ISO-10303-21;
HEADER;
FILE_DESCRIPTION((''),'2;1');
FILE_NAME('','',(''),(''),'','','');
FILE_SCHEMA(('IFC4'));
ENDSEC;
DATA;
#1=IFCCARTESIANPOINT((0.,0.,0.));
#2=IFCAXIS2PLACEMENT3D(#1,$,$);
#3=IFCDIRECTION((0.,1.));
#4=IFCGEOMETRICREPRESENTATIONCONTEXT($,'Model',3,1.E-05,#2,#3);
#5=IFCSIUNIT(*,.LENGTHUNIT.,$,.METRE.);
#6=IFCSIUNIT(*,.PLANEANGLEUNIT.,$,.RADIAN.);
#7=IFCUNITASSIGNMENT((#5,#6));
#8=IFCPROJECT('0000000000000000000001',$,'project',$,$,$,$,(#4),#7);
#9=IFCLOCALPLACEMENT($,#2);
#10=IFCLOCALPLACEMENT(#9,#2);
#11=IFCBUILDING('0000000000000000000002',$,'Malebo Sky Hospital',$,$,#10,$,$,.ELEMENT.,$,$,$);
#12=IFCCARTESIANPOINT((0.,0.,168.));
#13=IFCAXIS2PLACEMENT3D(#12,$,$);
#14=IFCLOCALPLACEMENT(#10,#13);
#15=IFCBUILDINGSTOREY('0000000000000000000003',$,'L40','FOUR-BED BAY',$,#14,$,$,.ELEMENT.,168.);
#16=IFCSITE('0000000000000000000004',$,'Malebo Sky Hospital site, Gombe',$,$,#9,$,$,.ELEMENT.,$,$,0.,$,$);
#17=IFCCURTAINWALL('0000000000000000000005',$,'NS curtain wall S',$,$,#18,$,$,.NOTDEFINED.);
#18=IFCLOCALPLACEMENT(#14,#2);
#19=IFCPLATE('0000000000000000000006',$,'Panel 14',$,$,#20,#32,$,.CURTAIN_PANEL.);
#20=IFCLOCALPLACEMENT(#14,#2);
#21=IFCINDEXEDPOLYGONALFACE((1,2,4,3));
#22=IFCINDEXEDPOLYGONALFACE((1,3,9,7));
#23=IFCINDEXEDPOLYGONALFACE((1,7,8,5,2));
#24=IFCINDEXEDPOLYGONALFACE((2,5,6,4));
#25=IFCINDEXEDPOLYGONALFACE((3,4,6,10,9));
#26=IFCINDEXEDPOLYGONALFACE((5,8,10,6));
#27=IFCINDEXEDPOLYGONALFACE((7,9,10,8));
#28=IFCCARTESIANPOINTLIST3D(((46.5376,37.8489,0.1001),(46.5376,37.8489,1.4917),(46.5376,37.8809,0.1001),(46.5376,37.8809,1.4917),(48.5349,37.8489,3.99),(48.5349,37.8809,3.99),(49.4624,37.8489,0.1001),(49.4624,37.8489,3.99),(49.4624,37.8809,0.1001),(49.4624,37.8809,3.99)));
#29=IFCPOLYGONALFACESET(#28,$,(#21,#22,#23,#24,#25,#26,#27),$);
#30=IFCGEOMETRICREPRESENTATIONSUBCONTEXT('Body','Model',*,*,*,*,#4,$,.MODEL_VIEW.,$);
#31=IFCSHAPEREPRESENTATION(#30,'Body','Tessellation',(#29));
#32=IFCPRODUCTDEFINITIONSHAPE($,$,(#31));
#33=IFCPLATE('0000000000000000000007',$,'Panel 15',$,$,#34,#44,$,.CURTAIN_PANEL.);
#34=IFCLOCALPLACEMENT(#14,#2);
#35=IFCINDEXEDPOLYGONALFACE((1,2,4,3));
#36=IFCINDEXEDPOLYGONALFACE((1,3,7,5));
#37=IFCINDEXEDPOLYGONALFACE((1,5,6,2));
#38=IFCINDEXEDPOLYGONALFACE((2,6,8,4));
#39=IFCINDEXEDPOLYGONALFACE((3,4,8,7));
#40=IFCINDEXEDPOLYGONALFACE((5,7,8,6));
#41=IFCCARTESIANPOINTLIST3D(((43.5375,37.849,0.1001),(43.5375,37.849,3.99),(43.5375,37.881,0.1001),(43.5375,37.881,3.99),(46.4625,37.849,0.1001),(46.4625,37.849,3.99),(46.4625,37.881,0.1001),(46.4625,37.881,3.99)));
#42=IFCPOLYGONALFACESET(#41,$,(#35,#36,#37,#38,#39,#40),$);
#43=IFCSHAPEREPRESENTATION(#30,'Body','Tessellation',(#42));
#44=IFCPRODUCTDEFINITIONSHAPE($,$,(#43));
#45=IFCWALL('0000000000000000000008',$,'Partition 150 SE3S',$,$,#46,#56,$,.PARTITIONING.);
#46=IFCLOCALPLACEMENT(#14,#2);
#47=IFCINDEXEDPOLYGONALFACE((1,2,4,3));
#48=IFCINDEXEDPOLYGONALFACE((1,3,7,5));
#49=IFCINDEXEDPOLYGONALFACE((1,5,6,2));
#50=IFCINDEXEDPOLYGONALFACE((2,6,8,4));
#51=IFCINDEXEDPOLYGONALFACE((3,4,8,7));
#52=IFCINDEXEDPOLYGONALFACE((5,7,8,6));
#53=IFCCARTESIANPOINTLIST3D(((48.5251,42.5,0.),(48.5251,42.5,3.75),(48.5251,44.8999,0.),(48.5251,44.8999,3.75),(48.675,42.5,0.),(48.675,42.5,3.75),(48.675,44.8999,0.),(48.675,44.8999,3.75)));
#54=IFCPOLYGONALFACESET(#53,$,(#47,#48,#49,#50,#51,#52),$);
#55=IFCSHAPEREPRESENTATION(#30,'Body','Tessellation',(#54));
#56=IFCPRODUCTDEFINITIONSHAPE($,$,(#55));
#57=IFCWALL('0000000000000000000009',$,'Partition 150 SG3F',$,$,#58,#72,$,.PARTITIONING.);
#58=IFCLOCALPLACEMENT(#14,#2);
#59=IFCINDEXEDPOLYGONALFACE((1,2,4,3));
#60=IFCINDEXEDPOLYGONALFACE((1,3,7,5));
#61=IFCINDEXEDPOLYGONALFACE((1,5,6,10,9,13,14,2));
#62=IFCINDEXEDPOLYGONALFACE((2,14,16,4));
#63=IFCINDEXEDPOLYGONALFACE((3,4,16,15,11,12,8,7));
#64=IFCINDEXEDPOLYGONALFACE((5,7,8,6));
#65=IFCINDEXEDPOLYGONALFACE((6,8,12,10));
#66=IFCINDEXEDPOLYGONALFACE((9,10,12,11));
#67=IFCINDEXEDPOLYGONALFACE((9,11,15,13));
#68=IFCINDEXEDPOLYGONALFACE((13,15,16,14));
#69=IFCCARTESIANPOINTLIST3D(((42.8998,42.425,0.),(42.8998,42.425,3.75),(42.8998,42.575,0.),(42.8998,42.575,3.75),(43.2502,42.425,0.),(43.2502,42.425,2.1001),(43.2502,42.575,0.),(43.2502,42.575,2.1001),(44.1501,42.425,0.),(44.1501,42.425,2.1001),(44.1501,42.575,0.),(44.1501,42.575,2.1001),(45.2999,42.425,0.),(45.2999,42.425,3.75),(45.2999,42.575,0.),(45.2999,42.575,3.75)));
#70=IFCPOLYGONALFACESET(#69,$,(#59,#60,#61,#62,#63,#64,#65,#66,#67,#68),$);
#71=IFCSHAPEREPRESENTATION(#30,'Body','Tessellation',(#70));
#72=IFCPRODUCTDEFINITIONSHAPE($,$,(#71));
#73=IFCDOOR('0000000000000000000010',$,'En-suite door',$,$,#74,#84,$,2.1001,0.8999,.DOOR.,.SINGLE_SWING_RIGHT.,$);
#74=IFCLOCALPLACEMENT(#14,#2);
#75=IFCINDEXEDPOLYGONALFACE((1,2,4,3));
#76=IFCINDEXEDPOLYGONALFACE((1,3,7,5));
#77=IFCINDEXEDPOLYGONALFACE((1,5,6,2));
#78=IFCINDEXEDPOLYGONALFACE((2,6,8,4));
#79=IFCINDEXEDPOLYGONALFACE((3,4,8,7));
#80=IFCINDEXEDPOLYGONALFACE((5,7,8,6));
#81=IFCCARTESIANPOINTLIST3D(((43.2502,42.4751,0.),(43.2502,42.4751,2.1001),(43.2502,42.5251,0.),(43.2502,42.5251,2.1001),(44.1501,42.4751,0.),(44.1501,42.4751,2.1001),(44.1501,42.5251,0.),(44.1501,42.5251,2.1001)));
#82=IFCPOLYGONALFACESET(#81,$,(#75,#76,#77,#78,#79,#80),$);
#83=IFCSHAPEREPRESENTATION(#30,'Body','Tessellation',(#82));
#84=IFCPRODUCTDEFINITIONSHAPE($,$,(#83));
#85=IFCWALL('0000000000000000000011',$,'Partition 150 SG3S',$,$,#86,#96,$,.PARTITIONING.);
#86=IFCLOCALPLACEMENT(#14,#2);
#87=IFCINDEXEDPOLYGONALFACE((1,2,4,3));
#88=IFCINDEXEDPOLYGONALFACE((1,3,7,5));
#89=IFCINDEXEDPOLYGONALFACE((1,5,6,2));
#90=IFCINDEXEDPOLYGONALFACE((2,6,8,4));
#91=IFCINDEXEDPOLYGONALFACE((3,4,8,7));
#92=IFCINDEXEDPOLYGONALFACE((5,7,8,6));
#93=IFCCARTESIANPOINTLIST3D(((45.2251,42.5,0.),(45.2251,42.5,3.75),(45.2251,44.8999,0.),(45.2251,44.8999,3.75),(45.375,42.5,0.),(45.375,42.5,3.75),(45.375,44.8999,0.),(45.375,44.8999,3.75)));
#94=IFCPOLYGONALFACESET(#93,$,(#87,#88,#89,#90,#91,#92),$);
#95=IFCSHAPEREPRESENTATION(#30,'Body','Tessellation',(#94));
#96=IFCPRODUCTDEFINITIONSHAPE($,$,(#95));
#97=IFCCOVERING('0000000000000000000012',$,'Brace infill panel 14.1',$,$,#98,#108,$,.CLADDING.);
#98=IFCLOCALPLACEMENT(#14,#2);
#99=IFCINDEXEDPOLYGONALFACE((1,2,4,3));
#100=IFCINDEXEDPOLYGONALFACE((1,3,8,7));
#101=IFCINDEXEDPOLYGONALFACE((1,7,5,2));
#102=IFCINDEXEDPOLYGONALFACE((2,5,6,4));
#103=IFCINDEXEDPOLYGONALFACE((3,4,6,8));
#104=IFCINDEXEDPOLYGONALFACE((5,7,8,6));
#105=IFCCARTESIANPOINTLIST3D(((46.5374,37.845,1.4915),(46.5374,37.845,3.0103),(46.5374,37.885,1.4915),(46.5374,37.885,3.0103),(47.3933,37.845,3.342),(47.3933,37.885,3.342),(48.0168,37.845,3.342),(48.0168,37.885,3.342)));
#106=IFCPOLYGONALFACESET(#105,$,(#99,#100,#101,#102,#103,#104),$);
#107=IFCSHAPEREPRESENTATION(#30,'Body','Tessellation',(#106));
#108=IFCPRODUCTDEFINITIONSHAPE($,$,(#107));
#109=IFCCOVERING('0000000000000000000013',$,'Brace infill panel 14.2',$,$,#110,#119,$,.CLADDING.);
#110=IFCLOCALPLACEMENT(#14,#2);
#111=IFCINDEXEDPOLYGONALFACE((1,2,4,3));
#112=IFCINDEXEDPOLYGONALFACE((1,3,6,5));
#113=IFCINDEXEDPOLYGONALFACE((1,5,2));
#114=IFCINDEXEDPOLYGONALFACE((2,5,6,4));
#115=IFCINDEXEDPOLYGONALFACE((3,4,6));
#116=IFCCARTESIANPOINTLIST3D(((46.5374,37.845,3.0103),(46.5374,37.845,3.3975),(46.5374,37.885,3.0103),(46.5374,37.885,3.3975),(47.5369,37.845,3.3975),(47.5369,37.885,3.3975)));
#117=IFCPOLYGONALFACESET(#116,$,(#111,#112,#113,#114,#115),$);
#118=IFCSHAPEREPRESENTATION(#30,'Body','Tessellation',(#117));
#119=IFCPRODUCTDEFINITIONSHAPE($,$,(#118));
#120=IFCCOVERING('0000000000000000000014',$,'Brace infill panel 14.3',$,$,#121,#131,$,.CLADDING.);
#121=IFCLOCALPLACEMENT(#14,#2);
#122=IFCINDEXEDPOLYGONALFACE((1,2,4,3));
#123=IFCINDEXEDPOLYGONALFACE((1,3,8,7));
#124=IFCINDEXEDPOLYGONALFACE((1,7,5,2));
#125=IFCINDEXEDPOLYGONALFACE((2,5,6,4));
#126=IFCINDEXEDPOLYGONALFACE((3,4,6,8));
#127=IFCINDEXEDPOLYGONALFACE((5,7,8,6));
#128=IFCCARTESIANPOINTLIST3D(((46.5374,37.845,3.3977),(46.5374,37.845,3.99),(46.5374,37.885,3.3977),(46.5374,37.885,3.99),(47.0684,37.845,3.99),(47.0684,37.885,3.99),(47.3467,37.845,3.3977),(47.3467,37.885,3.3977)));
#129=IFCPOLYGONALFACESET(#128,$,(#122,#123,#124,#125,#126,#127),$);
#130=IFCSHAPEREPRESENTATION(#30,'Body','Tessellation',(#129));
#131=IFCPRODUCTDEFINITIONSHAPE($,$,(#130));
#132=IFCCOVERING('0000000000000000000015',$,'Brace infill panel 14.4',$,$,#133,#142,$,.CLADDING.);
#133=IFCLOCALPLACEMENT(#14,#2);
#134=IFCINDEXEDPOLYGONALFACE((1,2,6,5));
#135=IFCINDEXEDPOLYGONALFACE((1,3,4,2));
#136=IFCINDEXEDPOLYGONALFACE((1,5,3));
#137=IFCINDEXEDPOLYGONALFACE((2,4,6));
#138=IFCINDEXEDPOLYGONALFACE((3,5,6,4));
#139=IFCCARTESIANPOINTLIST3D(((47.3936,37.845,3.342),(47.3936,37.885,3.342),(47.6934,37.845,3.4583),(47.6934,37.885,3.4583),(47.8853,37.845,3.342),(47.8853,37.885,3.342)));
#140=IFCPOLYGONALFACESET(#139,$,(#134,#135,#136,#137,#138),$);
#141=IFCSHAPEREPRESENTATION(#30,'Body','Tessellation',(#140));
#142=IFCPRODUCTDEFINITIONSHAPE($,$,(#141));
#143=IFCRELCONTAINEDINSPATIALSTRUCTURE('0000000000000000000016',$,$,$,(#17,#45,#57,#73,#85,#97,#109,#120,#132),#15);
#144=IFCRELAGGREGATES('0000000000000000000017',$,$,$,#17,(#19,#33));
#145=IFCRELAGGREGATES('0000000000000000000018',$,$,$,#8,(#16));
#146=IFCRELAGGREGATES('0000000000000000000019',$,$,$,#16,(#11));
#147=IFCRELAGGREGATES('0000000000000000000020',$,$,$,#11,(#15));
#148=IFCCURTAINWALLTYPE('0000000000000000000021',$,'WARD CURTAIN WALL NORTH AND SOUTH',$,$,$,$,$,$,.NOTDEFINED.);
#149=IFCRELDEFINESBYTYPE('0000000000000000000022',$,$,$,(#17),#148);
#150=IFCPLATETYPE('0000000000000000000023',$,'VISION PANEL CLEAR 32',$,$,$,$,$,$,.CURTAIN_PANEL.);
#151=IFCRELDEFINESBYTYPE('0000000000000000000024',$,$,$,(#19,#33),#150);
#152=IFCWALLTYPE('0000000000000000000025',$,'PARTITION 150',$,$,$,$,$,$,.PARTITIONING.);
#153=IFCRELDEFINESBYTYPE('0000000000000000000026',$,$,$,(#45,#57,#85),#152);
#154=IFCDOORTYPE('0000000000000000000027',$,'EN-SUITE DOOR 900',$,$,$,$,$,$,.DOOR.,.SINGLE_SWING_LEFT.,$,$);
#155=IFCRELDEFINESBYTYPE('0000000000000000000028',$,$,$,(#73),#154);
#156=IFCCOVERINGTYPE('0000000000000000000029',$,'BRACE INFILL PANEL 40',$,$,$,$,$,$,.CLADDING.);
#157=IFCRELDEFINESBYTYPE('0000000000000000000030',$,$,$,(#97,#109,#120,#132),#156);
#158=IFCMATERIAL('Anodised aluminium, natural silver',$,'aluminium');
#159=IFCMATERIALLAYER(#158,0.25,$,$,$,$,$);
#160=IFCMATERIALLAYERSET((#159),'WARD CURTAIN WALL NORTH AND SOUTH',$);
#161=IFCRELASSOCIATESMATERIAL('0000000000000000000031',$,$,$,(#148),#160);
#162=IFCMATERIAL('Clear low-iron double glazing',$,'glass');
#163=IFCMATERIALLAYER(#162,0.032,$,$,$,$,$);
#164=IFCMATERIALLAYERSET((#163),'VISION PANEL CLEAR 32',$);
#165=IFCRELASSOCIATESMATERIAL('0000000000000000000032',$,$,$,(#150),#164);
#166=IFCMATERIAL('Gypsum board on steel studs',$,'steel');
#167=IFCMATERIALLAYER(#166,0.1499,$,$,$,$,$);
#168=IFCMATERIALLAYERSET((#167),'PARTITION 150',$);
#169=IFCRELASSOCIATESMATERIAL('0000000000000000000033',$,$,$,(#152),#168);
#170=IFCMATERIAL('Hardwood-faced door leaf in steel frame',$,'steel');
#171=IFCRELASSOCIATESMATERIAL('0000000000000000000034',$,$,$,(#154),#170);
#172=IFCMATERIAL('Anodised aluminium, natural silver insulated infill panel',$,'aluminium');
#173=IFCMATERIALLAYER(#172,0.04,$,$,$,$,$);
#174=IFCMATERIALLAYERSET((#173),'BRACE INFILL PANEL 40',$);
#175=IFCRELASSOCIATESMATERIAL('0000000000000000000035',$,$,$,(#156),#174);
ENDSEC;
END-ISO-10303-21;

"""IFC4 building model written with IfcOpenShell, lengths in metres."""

from ifc_helpers import new_model, si_unit, direction, frame, frame_2d, origin, origin_2d, place, context, subcontext, project, spatial, polyline, rectangle, outline, extrude, material, layer, layer_set, type_object, element, fill, aggregate, save


model = new_model("IFC4")

# Units and contexts
model_context = context("Model", 3, precision=1e-05, world=origin(), true_north=direction((0.0, 1.0)))
body_context = subcontext(model_context, "Body", "Model", "MODEL_VIEW")
ifc_project = project(units=[si_unit("LENGTHUNIT", "METRE"), si_unit("PLANEANGLEUNIT", "RADIAN")], contexts=[model_context])

# Site, building, storey
site_placement = place(None, origin())
site = spatial("IfcSite", under=ifc_project, at=site_placement, Name="Malebo Sky Hospital site, Gombe", CompositionType="ELEMENT", RefElevation=0.0)
building_placement = place(site_placement, origin())
building = spatial("IfcBuilding", under=site, at=building_placement, Name="Malebo Sky Hospital", CompositionType="ELEMENT")
storey_placement = place(building_placement, frame((0.0, 0.0, 168.0)))
storey = spatial("IfcBuildingStorey", under=building, at=storey_placement, Name="L40", Description="FOUR-BED BAY", CompositionType="ELEMENT", Elevation=168.0)

# Curtain wall
ifc_material_1 = material(Name="Anodised aluminium, natural silver", Category="aluminium")
ifc_layer_1 = layer(ifc_material_1, 0.25)
ifc_layer_set_1 = layer_set([ifc_layer_1], Name="WARD CURTAIN WALL NORTH AND SOUTH")
curtain_wall_type = type_object("IfcCurtainWallType", Name="WARD CURTAIN WALL NORTH AND SOUTH", PredefinedType="NOTDEFINED", material=ifc_layer_set_1)
curtain_wall_placement = place(storey_placement, origin())
curtain_wall = element("IfcCurtainWall", 1, at=curtain_wall_placement, inside=storey, type_object=curtain_wall_type, Name="NS curtain wall S", PredefinedType="NOTDEFINED")

# Plates
ifc_material_2 = material(Name="Clear low-iron double glazing", Category="glass")
ifc_layer_2 = layer(ifc_material_2, 0.032)
ifc_layer_set_2 = layer_set([ifc_layer_2], Name="VISION PANEL CLEAR 32")
plate_type = type_object("IfcPlateType", Name="VISION PANEL CLEAR 32", PredefinedType="CURTAIN_PANEL", material=ifc_layer_set_2)
plate_1_placement = place(storey_placement, frame((48.0, 37.865, 0.1001), z_axis=(0.0, 0.0, 1.0), x_axis=(-1.0, 0.0, 0.0)))
plate_1 = element("IfcPlate", 2, at=plate_1_placement, type_object=plate_type, Name="Panel 14", PredefinedType="CURTAIN_PANEL", context=body_context, shape_type="SweptSolid", body=[
    extrude(outline(polyline([(-1.4624, 0.0), (1.4624, 0.0), (1.4624, 1.3916), (-0.5349, 3.8899), (-1.4624, 3.8899), (-1.4624, 0.0)])), frame((0.0, 0.0161, 0.0), z_axis=(0.0, -1.0, 0.0), x_axis=(1.0, 0.0, 0.0)), (0.0, 0.0, 1.0), 0.032),
])
plate_2_placement = place(storey_placement, frame((45.0, 37.865, 0.1001), z_axis=(0.0, 0.0, 1.0), x_axis=(-1.0, 0.0, 0.0)))
plate_2 = element("IfcPlate", 3, at=plate_2_placement, type_object=plate_type, Name="Panel 15", PredefinedType="CURTAIN_PANEL", context=body_context, shape_type="SweptSolid", body=[
    extrude(rectangle(XDim=2.925, YDim=0.032, at=origin_2d()), origin(), (0.0, 0.0, 1.0), 3.8899),
])
aggregate(curtain_wall, [plate_1, plate_2])

# Wall
ifc_material_3 = material(Name="Gypsum board on steel studs", Category="steel")
ifc_layer_3 = layer(ifc_material_3, 0.1499)
ifc_layer_set_3 = layer_set([ifc_layer_3], Name="PARTITION 150")
wall_type = type_object("IfcWallType", Name="PARTITION 150", PredefinedType="PARTITIONING", material=ifc_layer_set_3)
wall_1_placement = place(storey_placement, frame((48.6001, 44.8999, 0.0), z_axis=(0.0, 0.0, 1.0), x_axis=(0.0, -1.0, 0.0)))
element("IfcWall", 4, at=wall_1_placement, inside=storey, type_object=wall_type, Name="Partition 150 SE3S", PredefinedType="PARTITIONING", context=body_context, shape_type="SweptSolid", body=[
    extrude(rectangle(XDim=2.3999, YDim=0.1499, at=frame_2d((1.2, 0.0))), origin(), (0.0, 0.0, 1.0), 3.75),
])

# Wall, opening, door
wall_2_placement = place(storey_placement, frame((45.3, 42.5, 0.0), z_axis=(0.0, 0.0, 1.0), x_axis=(-1.0, 0.0, 0.0)))
wall_2 = element("IfcWall", 5, at=wall_2_placement, inside=storey, type_object=wall_type, Name="Partition 150 SG3F", PredefinedType="PARTITIONING", context=body_context, shape_type="SweptSolid", body=[
    extrude(rectangle(XDim=2.4001, YDim=0.1499, at=frame_2d((1.2002, 0.0))), origin(), (0.0, 0.0, 1.0), 3.75),
])
opening_placement = place(wall_2_placement, frame((1.1499, 0.0, 0.0)))
opening = element("IfcOpeningElement", 6, at=opening_placement, cuts=wall_2, PredefinedType="OPENING", context=body_context, shape_type="SweptSolid", body=[
    extrude(rectangle(XDim=0.8999, YDim=2.1001, at=frame_2d((0.45, 1.05))), frame((0.0, 0.085, 0.0), z_axis=(0.0, -1.0, 0.0), x_axis=(1.0, 0.0, 0.0)), (0.0, 0.0, 1.0), 0.1699),
])
ifc_material_4 = material(Name="Hardwood-faced door leaf in steel frame", Category="steel")
door_type = type_object("IfcDoorType", Name="EN-SUITE DOOR 900", OperationType="SINGLE_SWING_LEFT", PredefinedType="DOOR", material=ifc_material_4)
door_placement = place(opening_placement, origin())
door = element("IfcDoor", 7, at=door_placement, inside=storey, type_object=door_type, Name="En-suite door", OperationType="SINGLE_SWING_RIGHT", OverallHeight=2.1001, OverallWidth=0.8999, PredefinedType="DOOR", context=body_context, shape_type="SweptSolid", body=[
    extrude(rectangle(XDim=0.8999, YDim=2.1001, at=frame_2d((0.45, 1.05))), frame((0.0, 0.0249, 0.0), z_axis=(0.0, -1.0, 0.0), x_axis=(1.0, 0.0, 0.0)), (0.0, 0.0, 1.0), 0.05),
])
fill(opening, door)

# Wall
wall_3_placement = place(storey_placement, frame((45.3, 44.8999, 0.0), z_axis=(0.0, 0.0, 1.0), x_axis=(0.0, -1.0, 0.0)))
element("IfcWall", 8, at=wall_3_placement, inside=storey, type_object=wall_type, Name="Partition 150 SG3S", PredefinedType="PARTITIONING", context=body_context, shape_type="SweptSolid", body=[
    extrude(rectangle(XDim=2.3999, YDim=0.1499, at=frame_2d((1.2, 0.0))), origin(), (0.0, 0.0, 1.0), 3.75),
])

# Coverings
ifc_material_5 = material(Name="Anodised aluminium, natural silver insulated infill panel", Category="aluminium")
ifc_layer_4 = layer(ifc_material_5, 0.04)
ifc_layer_set_4 = layer_set([ifc_layer_4], Name="BRACE INFILL PANEL 40")
covering_type = type_object("IfcCoveringType", Name="BRACE INFILL PANEL 40", PredefinedType="CLADDING", material=ifc_layer_set_4)
covering_1_placement = place(storey_placement, frame((47.2771, 37.865, 1.4915), z_axis=(0.0, 0.0, 1.0), x_axis=(-1.0, 0.0, 0.0)))
element("IfcCovering", 9, at=covering_1_placement, inside=storey, type_object=covering_type, Name="Brace infill panel 14.1", PredefinedType="CLADDING", context=body_context, shape_type="SweptSolid", body=[
    extrude(outline(polyline([(0.7397, 0.0), (0.7397, 1.5188), (-0.1162, 1.8506), (-0.7397, 1.8506), (0.7397, 0.0)])), frame((0.0, 0.02, 0.0), z_axis=(0.0, -1.0, 0.0), x_axis=(1.0, 0.0, 0.0)), (0.0, 0.0, 1.0), 0.04),
])
covering_2_placement = place(storey_placement, frame((47.0371, 37.865, 3.0103), z_axis=(0.0, 0.0, 1.0), x_axis=(-1.0, 0.0, 0.0)))
element("IfcCovering", 10, at=covering_2_placement, inside=storey, type_object=covering_type, Name="Brace infill panel 14.2", PredefinedType="CLADDING", context=body_context, shape_type="SweptSolid", body=[
    extrude(outline(polyline([(0.4998, 0.0), (0.4998, 0.3872), (-0.4998, 0.3872), (0.4998, 0.0)])), frame((0.0, 0.02, 0.0), z_axis=(0.0, -1.0, 0.0), x_axis=(1.0, 0.0, 0.0)), (0.0, 0.0, 1.0), 0.04),
])
covering_3_placement = place(storey_placement, frame((46.9421, 37.865, 3.3977), z_axis=(0.0, 0.0, 1.0), x_axis=(-1.0, 0.0, 0.0)))
element("IfcCovering", 11, at=covering_3_placement, inside=storey, type_object=covering_type, Name="Brace infill panel 14.3", PredefinedType="CLADDING", context=body_context, shape_type="SweptSolid", body=[
    extrude(outline(polyline([(-0.4045, 0.0), (0.4048, 0.0), (0.4048, 0.5923), (-0.1262, 0.5923), (-0.4045, 0.0)])), frame((0.0, 0.02, 0.0), z_axis=(0.0, -1.0, 0.0), x_axis=(1.0, 0.0, 0.0)), (0.0, 0.0, 1.0), 0.04),
])
covering_4_placement = place(storey_placement, frame((47.6394, 37.865, 3.342), z_axis=(0.0, 0.0, 1.0), x_axis=(-1.0, 0.0, 0.0)))
element("IfcCovering", 12, at=covering_4_placement, inside=storey, type_object=covering_type, Name="Brace infill panel 14.4", PredefinedType="CLADDING", context=body_context, shape_type="SweptSolid", body=[
    extrude(outline(polyline([(-0.2458, 0.0), (0.2458, 0.0), (-0.054, 0.1162), (-0.2458, 0.0)])), frame((0.0, 0.02, 0.0), z_axis=(0.0, -1.0, 0.0), x_axis=(1.0, 0.0, 0.0)), (0.0, 0.0, 1.0), 0.04),
])

save(model, "model.ifc")
